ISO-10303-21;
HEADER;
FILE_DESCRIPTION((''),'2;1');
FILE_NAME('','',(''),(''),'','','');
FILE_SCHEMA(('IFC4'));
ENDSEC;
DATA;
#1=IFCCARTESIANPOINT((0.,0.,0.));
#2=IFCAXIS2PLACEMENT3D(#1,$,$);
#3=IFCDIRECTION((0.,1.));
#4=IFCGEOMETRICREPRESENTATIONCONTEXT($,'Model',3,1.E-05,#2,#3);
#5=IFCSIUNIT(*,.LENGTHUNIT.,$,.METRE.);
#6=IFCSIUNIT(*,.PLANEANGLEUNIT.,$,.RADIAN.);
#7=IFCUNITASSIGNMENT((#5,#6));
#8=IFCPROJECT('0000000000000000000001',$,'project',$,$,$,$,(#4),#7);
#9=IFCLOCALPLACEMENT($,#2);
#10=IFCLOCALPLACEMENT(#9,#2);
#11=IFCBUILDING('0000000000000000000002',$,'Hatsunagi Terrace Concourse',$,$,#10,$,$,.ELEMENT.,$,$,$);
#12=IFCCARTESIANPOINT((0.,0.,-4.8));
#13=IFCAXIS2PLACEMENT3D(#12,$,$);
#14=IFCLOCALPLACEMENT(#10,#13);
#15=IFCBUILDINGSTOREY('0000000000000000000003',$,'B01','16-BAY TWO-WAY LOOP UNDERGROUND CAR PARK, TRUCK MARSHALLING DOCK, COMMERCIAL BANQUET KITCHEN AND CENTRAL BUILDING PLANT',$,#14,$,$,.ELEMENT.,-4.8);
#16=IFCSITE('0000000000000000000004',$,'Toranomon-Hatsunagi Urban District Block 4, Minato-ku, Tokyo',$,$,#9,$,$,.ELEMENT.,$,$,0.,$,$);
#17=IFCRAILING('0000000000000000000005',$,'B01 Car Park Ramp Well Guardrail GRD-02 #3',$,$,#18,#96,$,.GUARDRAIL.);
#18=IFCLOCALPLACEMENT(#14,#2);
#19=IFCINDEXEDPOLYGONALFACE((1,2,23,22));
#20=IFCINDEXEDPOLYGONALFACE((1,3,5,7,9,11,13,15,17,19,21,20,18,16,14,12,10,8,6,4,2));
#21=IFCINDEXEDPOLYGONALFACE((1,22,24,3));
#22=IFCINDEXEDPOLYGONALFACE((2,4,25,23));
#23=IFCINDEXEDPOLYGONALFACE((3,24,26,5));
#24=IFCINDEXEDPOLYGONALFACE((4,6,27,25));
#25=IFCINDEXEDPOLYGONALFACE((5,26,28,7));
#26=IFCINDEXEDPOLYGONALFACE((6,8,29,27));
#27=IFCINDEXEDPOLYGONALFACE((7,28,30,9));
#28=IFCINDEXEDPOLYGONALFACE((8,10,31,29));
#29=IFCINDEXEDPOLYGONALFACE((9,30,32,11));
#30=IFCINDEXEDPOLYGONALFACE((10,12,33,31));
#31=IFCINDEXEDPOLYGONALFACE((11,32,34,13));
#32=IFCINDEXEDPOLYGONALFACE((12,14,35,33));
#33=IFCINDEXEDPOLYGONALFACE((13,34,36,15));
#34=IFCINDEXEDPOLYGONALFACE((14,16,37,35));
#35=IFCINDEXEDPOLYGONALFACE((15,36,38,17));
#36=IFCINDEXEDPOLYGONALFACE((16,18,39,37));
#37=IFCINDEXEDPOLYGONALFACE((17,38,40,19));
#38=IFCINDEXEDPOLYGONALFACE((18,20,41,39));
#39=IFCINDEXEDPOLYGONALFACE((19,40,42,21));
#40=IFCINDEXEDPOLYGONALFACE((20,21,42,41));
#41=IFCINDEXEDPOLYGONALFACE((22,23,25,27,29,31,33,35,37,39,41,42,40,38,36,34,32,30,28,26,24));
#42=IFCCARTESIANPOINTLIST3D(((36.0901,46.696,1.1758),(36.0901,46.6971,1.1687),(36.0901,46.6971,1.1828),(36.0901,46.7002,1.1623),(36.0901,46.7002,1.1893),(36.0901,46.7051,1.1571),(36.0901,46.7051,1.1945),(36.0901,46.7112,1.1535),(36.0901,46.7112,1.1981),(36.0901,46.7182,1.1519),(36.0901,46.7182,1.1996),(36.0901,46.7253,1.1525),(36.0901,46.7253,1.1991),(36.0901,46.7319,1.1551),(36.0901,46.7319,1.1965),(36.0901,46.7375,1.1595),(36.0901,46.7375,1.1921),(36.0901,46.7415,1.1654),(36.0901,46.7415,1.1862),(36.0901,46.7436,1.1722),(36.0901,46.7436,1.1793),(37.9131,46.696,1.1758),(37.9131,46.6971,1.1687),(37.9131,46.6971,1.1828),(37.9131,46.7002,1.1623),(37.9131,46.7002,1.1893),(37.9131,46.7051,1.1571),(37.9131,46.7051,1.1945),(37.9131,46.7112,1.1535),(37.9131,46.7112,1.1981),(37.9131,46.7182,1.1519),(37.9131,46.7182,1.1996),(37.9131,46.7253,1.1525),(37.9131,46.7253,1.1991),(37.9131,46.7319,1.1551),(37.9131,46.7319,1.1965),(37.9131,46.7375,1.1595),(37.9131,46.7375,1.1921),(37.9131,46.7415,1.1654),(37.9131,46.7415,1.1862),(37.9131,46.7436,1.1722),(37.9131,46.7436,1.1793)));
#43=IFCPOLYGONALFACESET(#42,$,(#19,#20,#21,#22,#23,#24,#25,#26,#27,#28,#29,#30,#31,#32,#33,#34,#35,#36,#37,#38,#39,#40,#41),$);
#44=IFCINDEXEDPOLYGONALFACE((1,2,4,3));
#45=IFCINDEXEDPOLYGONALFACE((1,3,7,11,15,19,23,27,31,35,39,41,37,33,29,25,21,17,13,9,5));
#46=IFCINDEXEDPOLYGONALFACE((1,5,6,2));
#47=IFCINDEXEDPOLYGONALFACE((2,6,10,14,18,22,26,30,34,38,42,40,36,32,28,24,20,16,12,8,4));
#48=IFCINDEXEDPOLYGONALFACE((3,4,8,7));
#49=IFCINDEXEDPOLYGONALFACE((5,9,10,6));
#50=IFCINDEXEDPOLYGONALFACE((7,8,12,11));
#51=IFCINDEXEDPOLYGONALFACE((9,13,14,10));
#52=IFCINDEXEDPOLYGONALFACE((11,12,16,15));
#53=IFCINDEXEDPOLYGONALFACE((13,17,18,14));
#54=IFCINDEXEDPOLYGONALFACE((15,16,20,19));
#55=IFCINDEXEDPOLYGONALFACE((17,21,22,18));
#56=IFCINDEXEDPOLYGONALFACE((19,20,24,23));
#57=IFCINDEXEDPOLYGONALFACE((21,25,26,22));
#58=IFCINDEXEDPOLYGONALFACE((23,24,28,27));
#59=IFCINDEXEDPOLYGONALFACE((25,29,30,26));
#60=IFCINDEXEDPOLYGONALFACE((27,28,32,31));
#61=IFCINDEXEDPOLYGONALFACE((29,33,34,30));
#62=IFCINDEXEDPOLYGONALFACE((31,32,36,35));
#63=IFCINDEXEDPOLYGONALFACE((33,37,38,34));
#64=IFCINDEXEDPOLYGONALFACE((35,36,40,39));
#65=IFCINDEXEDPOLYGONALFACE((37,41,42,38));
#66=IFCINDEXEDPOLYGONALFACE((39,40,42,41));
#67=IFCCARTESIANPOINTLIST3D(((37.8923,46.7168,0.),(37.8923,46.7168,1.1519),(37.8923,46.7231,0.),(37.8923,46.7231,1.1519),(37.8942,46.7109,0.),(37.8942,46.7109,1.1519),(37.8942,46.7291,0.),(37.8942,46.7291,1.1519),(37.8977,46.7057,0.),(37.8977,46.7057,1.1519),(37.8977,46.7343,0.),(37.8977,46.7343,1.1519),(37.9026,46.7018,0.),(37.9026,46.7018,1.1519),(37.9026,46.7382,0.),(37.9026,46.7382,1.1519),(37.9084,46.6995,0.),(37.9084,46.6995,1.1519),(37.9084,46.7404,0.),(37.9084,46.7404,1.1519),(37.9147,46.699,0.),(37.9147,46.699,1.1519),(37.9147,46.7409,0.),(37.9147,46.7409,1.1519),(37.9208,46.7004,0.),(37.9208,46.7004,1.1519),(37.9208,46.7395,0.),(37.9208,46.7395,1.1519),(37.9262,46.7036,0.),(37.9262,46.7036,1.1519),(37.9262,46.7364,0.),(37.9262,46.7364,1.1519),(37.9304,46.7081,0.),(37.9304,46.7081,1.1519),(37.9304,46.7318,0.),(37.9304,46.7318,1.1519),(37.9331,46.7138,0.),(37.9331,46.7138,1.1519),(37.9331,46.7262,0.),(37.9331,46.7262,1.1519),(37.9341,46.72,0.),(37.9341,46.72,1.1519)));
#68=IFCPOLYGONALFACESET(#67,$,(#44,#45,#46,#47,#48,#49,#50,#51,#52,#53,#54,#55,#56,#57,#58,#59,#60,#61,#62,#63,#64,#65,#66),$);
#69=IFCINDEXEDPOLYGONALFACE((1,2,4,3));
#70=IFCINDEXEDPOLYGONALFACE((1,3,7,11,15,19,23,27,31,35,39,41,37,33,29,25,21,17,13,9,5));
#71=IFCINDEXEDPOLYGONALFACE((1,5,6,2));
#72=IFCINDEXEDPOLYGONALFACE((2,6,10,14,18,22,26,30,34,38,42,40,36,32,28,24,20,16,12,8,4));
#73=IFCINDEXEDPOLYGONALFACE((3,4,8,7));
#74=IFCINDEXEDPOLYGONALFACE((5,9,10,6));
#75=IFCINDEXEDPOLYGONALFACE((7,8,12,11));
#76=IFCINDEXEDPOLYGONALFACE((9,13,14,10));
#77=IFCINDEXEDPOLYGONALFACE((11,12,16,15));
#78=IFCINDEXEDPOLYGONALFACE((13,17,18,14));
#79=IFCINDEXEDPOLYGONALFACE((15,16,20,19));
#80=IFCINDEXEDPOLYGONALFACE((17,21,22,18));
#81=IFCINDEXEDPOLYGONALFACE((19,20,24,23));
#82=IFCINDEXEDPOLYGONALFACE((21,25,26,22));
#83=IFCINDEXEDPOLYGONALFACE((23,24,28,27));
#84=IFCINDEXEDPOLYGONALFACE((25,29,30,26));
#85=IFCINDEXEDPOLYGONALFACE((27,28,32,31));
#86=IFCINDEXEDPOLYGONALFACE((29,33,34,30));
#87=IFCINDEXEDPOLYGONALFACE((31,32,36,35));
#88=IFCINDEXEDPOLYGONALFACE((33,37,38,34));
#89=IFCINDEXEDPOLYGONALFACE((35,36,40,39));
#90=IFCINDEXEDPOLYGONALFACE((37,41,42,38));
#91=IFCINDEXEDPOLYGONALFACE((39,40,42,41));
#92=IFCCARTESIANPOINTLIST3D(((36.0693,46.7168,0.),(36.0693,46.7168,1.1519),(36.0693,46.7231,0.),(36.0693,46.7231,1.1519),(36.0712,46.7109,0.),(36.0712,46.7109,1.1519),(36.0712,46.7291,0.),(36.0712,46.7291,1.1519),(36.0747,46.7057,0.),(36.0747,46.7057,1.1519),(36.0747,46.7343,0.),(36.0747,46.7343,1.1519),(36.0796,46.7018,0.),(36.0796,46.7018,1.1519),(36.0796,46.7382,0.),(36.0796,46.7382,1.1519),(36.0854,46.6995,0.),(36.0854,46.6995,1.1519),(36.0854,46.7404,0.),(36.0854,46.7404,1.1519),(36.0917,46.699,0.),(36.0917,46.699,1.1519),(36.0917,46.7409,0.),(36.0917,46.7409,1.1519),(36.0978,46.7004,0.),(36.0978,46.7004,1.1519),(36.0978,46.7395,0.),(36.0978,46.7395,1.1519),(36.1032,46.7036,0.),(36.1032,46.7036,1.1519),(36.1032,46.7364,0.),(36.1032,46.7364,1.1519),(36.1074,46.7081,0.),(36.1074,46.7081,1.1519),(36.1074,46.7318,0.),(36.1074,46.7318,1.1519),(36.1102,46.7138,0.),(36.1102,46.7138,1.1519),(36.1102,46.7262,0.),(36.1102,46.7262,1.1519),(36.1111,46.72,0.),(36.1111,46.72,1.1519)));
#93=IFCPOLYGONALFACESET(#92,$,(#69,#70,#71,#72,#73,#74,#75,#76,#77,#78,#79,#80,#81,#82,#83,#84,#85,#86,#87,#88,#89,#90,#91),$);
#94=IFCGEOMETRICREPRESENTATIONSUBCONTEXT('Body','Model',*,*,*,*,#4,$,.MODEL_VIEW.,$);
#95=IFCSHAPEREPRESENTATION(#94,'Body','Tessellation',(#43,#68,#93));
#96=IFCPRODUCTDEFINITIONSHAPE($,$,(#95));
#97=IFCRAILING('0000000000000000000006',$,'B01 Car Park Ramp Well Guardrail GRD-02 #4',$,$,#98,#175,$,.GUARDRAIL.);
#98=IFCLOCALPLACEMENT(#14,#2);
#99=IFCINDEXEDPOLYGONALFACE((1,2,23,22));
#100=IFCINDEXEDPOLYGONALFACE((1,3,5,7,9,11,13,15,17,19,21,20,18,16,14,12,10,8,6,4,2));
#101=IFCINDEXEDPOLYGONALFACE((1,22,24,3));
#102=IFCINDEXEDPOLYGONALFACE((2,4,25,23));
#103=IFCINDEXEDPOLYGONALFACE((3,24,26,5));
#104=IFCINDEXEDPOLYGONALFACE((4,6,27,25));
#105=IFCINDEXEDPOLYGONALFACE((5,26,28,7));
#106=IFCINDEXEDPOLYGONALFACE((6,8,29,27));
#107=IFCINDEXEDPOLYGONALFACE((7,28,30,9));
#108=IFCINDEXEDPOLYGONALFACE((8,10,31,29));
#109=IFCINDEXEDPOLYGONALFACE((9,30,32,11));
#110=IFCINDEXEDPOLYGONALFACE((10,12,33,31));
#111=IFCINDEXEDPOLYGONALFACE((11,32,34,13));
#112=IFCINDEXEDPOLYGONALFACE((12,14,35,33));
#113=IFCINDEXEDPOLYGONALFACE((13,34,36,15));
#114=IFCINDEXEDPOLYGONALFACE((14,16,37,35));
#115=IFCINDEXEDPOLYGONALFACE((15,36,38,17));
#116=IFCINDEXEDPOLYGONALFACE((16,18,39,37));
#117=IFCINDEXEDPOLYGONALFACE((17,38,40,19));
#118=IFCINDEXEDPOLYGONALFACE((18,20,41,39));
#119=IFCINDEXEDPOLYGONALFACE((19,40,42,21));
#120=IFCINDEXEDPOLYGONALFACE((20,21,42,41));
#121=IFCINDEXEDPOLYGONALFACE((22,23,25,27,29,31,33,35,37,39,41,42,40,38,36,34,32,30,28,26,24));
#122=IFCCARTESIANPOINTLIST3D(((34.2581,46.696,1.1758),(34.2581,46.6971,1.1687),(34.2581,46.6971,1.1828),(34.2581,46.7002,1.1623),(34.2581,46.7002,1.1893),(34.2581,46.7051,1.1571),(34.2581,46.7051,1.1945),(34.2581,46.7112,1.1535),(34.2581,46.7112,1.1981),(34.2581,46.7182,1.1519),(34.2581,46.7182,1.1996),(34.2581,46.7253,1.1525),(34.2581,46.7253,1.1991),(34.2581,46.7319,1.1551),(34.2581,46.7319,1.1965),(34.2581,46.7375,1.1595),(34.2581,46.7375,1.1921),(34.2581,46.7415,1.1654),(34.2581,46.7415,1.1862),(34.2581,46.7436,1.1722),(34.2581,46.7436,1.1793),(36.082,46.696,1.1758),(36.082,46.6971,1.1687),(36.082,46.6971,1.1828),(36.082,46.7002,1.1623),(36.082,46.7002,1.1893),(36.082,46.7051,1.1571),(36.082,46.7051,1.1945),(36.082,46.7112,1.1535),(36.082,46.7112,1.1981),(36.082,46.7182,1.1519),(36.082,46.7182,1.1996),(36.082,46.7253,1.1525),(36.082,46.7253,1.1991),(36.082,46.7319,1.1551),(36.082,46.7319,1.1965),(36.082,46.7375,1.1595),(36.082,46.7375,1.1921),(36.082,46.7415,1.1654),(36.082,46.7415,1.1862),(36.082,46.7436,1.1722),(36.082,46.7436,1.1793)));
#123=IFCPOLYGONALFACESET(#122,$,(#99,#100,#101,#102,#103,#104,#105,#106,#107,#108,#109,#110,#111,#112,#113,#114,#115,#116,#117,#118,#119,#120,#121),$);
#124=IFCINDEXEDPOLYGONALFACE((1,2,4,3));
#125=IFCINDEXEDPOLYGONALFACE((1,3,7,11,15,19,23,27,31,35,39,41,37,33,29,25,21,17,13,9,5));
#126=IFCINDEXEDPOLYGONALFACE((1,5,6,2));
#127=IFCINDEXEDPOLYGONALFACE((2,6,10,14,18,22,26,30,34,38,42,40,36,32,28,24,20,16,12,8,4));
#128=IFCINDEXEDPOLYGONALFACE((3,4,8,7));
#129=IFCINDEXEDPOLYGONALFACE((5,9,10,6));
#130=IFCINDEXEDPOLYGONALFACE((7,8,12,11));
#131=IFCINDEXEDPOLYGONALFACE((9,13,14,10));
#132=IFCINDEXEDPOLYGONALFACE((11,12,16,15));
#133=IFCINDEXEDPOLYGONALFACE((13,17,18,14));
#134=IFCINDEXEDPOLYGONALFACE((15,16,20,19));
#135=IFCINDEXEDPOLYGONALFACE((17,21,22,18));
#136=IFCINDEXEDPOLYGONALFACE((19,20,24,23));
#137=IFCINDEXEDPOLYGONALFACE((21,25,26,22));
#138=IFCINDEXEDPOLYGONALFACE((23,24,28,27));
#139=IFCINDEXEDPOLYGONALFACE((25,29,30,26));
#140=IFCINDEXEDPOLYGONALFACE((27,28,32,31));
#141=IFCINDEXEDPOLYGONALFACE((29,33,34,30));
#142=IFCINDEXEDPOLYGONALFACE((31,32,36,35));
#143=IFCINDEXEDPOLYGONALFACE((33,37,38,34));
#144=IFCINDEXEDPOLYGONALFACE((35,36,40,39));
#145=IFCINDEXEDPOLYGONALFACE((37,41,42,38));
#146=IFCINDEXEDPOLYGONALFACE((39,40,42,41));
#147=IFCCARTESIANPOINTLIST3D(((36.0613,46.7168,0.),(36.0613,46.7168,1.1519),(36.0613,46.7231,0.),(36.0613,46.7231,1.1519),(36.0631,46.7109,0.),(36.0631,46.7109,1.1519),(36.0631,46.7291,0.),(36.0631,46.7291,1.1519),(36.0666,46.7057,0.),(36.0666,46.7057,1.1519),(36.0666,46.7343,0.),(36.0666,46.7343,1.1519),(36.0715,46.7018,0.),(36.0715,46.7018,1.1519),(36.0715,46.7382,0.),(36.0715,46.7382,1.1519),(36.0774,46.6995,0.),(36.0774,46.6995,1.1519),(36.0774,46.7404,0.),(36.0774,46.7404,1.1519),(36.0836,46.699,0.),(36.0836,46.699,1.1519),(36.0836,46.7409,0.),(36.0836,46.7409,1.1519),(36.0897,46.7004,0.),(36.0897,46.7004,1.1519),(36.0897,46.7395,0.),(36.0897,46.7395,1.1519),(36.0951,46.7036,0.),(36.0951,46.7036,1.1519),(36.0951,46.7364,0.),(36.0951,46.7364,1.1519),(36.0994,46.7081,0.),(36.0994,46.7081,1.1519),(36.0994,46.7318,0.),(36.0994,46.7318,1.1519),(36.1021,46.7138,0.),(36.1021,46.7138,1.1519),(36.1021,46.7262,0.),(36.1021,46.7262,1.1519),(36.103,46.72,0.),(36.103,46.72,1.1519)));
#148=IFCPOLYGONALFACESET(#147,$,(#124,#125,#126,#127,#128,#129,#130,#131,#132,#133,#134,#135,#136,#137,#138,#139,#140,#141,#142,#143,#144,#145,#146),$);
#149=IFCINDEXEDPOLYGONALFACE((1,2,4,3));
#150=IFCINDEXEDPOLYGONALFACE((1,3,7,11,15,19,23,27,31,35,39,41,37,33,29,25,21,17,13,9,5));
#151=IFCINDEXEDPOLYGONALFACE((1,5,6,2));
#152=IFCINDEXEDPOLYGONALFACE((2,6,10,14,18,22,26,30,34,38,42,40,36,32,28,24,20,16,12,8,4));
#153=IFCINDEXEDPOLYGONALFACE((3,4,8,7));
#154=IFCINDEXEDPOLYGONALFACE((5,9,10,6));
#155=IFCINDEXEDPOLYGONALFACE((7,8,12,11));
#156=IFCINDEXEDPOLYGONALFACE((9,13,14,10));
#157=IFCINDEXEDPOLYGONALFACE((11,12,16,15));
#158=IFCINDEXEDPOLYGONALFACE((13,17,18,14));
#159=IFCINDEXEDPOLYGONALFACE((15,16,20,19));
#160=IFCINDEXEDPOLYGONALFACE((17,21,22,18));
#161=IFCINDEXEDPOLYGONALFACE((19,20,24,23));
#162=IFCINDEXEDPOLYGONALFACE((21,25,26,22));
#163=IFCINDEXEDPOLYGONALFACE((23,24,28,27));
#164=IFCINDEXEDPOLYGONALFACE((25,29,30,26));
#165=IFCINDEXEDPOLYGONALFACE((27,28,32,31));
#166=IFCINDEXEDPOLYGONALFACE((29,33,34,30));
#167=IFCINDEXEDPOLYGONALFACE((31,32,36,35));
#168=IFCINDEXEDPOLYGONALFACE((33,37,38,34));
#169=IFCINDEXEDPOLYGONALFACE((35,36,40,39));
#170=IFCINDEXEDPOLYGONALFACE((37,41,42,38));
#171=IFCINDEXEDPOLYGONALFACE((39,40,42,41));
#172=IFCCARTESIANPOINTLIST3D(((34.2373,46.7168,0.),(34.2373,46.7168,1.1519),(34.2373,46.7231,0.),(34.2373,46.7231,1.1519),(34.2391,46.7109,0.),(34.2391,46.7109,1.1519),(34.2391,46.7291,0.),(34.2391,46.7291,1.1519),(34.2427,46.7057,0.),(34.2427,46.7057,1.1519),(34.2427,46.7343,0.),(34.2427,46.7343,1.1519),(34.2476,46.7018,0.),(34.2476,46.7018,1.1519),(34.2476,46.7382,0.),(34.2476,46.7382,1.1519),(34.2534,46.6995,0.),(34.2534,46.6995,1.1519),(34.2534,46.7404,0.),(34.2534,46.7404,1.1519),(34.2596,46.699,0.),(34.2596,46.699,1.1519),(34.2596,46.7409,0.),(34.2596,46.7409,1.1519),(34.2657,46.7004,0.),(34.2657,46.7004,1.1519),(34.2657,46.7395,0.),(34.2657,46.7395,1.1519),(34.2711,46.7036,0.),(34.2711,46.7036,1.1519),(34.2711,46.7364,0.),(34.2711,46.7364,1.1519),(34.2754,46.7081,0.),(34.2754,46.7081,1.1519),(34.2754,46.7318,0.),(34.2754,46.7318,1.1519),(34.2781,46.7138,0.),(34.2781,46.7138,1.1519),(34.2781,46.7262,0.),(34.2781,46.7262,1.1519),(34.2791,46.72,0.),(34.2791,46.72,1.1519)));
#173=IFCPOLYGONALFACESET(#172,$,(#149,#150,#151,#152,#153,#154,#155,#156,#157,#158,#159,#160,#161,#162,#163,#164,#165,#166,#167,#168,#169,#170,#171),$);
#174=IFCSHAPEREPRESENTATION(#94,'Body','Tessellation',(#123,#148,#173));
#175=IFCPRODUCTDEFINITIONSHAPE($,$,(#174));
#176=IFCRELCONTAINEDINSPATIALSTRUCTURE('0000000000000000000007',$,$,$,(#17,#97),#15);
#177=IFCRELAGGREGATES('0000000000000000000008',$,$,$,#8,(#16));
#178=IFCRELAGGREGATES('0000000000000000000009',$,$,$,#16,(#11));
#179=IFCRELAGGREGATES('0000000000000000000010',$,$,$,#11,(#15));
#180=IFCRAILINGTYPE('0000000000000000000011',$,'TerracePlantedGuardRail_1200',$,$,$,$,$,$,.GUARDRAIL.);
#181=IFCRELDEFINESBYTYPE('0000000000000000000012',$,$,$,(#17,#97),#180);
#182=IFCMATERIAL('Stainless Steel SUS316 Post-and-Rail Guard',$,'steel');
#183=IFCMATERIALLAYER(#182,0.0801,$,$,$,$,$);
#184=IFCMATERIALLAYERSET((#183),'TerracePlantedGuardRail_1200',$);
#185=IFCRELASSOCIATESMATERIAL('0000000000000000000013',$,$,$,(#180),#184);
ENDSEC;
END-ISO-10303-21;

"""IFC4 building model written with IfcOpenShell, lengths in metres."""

from ifc_helpers import new_model, si_unit, direction, frame, origin, origin_2d, place, context, subcontext, project, spatial, circle, extrude, material, layer, layer_set, type_object, element, save


model = new_model("IFC4")

# Units and contexts
model_context = context("Model", 3, precision=1e-05, world=origin(), true_north=direction((0.0, 1.0)))
body_context = subcontext(model_context, "Body", "Model", "MODEL_VIEW")
ifc_project = project(units=[si_unit("LENGTHUNIT", "METRE"), si_unit("PLANEANGLEUNIT", "RADIAN")], contexts=[model_context])

# Site, building, storey
site_placement = place(None, origin())
site = spatial("IfcSite", under=ifc_project, at=site_placement, Name="Toranomon-Hatsunagi Urban District Block 4, Minato-ku, Tokyo", CompositionType="ELEMENT", RefElevation=0.0)
building_placement = place(site_placement, origin())
building = spatial("IfcBuilding", under=site, at=building_placement, Name="Hatsunagi Terrace Concourse", CompositionType="ELEMENT")
storey_placement = place(building_placement, frame((0.0, 0.0, -4.8)))
storey = spatial("IfcBuildingStorey", under=building, at=storey_placement, Name="B01", Description="16-BAY TWO-WAY LOOP UNDERGROUND CAR PARK, TRUCK MARSHALLING DOCK, COMMERCIAL BANQUET KITCHEN AND CENTRAL BUILDING PLANT", CompositionType="ELEMENT", Elevation=-4.8)

# Railings
ifc_material_1 = material(Name="Stainless Steel SUS316 Post-and-Rail Guard", Category="steel")
ifc_layer_1 = layer(ifc_material_1, 0.0801)
ifc_layer_set_1 = layer_set([ifc_layer_1], Name="TerracePlantedGuardRail_1200")
railing_type_1 = type_object("IfcRailingType", Name="TerracePlantedGuardRail_1200", PredefinedType="GUARDRAIL", material=ifc_layer_set_1)
railing_1_placement = place(storey_placement, frame((37.9131, 46.72, 0.0)))
element("IfcRailing", 1, at=railing_1_placement, inside=storey, type_object=railing_type_1, Name="B01 Car Park Ramp Well Guardrail GRD-02 #3", PredefinedType="GUARDRAIL", context=body_context, shape_type="SweptSolid", body=[
    extrude(circle(Radius=0.0239, at=origin_2d()), frame((0.0, 0.0, 1.1758), z_axis=(-1.0, 0.0, 0.0), x_axis=(0.0, -1.0, 0.0)), (0.0, 0.0, 1.0), 1.823),
    extrude(circle(Radius=0.021, at=origin_2d()), origin(), (0.0, 0.0, 1.0), 1.1519),
    extrude(circle(Radius=0.021, at=origin_2d()), frame((-1.823, 0.0, 0.0)), (0.0, 0.0, 1.0), 1.1519),
])
railing_2_placement = place(storey_placement, frame((36.082, 46.72, 0.0)))
element("IfcRailing", 2, at=railing_2_placement, inside=storey, type_object=railing_type_1, Name="B01 Car Park Ramp Well Guardrail GRD-02 #4", PredefinedType="GUARDRAIL", context=body_context, shape_type="SweptSolid", body=[
    extrude(circle(Radius=0.0239, at=origin_2d()), frame((0.0, 0.0, 1.1758), z_axis=(-1.0, 0.0, 0.0), x_axis=(0.0, -1.0, 0.0)), (0.0, 0.0, 1.0), 1.824),
    extrude(circle(Radius=0.021, at=origin_2d()), origin(), (0.0, 0.0, 1.0), 1.1519),
    extrude(circle(Radius=0.021, at=origin_2d()), frame((-1.824, 0.0, 0.0)), (0.0, 0.0, 1.0), 1.1519),
])

save(model, "model.ifc")
